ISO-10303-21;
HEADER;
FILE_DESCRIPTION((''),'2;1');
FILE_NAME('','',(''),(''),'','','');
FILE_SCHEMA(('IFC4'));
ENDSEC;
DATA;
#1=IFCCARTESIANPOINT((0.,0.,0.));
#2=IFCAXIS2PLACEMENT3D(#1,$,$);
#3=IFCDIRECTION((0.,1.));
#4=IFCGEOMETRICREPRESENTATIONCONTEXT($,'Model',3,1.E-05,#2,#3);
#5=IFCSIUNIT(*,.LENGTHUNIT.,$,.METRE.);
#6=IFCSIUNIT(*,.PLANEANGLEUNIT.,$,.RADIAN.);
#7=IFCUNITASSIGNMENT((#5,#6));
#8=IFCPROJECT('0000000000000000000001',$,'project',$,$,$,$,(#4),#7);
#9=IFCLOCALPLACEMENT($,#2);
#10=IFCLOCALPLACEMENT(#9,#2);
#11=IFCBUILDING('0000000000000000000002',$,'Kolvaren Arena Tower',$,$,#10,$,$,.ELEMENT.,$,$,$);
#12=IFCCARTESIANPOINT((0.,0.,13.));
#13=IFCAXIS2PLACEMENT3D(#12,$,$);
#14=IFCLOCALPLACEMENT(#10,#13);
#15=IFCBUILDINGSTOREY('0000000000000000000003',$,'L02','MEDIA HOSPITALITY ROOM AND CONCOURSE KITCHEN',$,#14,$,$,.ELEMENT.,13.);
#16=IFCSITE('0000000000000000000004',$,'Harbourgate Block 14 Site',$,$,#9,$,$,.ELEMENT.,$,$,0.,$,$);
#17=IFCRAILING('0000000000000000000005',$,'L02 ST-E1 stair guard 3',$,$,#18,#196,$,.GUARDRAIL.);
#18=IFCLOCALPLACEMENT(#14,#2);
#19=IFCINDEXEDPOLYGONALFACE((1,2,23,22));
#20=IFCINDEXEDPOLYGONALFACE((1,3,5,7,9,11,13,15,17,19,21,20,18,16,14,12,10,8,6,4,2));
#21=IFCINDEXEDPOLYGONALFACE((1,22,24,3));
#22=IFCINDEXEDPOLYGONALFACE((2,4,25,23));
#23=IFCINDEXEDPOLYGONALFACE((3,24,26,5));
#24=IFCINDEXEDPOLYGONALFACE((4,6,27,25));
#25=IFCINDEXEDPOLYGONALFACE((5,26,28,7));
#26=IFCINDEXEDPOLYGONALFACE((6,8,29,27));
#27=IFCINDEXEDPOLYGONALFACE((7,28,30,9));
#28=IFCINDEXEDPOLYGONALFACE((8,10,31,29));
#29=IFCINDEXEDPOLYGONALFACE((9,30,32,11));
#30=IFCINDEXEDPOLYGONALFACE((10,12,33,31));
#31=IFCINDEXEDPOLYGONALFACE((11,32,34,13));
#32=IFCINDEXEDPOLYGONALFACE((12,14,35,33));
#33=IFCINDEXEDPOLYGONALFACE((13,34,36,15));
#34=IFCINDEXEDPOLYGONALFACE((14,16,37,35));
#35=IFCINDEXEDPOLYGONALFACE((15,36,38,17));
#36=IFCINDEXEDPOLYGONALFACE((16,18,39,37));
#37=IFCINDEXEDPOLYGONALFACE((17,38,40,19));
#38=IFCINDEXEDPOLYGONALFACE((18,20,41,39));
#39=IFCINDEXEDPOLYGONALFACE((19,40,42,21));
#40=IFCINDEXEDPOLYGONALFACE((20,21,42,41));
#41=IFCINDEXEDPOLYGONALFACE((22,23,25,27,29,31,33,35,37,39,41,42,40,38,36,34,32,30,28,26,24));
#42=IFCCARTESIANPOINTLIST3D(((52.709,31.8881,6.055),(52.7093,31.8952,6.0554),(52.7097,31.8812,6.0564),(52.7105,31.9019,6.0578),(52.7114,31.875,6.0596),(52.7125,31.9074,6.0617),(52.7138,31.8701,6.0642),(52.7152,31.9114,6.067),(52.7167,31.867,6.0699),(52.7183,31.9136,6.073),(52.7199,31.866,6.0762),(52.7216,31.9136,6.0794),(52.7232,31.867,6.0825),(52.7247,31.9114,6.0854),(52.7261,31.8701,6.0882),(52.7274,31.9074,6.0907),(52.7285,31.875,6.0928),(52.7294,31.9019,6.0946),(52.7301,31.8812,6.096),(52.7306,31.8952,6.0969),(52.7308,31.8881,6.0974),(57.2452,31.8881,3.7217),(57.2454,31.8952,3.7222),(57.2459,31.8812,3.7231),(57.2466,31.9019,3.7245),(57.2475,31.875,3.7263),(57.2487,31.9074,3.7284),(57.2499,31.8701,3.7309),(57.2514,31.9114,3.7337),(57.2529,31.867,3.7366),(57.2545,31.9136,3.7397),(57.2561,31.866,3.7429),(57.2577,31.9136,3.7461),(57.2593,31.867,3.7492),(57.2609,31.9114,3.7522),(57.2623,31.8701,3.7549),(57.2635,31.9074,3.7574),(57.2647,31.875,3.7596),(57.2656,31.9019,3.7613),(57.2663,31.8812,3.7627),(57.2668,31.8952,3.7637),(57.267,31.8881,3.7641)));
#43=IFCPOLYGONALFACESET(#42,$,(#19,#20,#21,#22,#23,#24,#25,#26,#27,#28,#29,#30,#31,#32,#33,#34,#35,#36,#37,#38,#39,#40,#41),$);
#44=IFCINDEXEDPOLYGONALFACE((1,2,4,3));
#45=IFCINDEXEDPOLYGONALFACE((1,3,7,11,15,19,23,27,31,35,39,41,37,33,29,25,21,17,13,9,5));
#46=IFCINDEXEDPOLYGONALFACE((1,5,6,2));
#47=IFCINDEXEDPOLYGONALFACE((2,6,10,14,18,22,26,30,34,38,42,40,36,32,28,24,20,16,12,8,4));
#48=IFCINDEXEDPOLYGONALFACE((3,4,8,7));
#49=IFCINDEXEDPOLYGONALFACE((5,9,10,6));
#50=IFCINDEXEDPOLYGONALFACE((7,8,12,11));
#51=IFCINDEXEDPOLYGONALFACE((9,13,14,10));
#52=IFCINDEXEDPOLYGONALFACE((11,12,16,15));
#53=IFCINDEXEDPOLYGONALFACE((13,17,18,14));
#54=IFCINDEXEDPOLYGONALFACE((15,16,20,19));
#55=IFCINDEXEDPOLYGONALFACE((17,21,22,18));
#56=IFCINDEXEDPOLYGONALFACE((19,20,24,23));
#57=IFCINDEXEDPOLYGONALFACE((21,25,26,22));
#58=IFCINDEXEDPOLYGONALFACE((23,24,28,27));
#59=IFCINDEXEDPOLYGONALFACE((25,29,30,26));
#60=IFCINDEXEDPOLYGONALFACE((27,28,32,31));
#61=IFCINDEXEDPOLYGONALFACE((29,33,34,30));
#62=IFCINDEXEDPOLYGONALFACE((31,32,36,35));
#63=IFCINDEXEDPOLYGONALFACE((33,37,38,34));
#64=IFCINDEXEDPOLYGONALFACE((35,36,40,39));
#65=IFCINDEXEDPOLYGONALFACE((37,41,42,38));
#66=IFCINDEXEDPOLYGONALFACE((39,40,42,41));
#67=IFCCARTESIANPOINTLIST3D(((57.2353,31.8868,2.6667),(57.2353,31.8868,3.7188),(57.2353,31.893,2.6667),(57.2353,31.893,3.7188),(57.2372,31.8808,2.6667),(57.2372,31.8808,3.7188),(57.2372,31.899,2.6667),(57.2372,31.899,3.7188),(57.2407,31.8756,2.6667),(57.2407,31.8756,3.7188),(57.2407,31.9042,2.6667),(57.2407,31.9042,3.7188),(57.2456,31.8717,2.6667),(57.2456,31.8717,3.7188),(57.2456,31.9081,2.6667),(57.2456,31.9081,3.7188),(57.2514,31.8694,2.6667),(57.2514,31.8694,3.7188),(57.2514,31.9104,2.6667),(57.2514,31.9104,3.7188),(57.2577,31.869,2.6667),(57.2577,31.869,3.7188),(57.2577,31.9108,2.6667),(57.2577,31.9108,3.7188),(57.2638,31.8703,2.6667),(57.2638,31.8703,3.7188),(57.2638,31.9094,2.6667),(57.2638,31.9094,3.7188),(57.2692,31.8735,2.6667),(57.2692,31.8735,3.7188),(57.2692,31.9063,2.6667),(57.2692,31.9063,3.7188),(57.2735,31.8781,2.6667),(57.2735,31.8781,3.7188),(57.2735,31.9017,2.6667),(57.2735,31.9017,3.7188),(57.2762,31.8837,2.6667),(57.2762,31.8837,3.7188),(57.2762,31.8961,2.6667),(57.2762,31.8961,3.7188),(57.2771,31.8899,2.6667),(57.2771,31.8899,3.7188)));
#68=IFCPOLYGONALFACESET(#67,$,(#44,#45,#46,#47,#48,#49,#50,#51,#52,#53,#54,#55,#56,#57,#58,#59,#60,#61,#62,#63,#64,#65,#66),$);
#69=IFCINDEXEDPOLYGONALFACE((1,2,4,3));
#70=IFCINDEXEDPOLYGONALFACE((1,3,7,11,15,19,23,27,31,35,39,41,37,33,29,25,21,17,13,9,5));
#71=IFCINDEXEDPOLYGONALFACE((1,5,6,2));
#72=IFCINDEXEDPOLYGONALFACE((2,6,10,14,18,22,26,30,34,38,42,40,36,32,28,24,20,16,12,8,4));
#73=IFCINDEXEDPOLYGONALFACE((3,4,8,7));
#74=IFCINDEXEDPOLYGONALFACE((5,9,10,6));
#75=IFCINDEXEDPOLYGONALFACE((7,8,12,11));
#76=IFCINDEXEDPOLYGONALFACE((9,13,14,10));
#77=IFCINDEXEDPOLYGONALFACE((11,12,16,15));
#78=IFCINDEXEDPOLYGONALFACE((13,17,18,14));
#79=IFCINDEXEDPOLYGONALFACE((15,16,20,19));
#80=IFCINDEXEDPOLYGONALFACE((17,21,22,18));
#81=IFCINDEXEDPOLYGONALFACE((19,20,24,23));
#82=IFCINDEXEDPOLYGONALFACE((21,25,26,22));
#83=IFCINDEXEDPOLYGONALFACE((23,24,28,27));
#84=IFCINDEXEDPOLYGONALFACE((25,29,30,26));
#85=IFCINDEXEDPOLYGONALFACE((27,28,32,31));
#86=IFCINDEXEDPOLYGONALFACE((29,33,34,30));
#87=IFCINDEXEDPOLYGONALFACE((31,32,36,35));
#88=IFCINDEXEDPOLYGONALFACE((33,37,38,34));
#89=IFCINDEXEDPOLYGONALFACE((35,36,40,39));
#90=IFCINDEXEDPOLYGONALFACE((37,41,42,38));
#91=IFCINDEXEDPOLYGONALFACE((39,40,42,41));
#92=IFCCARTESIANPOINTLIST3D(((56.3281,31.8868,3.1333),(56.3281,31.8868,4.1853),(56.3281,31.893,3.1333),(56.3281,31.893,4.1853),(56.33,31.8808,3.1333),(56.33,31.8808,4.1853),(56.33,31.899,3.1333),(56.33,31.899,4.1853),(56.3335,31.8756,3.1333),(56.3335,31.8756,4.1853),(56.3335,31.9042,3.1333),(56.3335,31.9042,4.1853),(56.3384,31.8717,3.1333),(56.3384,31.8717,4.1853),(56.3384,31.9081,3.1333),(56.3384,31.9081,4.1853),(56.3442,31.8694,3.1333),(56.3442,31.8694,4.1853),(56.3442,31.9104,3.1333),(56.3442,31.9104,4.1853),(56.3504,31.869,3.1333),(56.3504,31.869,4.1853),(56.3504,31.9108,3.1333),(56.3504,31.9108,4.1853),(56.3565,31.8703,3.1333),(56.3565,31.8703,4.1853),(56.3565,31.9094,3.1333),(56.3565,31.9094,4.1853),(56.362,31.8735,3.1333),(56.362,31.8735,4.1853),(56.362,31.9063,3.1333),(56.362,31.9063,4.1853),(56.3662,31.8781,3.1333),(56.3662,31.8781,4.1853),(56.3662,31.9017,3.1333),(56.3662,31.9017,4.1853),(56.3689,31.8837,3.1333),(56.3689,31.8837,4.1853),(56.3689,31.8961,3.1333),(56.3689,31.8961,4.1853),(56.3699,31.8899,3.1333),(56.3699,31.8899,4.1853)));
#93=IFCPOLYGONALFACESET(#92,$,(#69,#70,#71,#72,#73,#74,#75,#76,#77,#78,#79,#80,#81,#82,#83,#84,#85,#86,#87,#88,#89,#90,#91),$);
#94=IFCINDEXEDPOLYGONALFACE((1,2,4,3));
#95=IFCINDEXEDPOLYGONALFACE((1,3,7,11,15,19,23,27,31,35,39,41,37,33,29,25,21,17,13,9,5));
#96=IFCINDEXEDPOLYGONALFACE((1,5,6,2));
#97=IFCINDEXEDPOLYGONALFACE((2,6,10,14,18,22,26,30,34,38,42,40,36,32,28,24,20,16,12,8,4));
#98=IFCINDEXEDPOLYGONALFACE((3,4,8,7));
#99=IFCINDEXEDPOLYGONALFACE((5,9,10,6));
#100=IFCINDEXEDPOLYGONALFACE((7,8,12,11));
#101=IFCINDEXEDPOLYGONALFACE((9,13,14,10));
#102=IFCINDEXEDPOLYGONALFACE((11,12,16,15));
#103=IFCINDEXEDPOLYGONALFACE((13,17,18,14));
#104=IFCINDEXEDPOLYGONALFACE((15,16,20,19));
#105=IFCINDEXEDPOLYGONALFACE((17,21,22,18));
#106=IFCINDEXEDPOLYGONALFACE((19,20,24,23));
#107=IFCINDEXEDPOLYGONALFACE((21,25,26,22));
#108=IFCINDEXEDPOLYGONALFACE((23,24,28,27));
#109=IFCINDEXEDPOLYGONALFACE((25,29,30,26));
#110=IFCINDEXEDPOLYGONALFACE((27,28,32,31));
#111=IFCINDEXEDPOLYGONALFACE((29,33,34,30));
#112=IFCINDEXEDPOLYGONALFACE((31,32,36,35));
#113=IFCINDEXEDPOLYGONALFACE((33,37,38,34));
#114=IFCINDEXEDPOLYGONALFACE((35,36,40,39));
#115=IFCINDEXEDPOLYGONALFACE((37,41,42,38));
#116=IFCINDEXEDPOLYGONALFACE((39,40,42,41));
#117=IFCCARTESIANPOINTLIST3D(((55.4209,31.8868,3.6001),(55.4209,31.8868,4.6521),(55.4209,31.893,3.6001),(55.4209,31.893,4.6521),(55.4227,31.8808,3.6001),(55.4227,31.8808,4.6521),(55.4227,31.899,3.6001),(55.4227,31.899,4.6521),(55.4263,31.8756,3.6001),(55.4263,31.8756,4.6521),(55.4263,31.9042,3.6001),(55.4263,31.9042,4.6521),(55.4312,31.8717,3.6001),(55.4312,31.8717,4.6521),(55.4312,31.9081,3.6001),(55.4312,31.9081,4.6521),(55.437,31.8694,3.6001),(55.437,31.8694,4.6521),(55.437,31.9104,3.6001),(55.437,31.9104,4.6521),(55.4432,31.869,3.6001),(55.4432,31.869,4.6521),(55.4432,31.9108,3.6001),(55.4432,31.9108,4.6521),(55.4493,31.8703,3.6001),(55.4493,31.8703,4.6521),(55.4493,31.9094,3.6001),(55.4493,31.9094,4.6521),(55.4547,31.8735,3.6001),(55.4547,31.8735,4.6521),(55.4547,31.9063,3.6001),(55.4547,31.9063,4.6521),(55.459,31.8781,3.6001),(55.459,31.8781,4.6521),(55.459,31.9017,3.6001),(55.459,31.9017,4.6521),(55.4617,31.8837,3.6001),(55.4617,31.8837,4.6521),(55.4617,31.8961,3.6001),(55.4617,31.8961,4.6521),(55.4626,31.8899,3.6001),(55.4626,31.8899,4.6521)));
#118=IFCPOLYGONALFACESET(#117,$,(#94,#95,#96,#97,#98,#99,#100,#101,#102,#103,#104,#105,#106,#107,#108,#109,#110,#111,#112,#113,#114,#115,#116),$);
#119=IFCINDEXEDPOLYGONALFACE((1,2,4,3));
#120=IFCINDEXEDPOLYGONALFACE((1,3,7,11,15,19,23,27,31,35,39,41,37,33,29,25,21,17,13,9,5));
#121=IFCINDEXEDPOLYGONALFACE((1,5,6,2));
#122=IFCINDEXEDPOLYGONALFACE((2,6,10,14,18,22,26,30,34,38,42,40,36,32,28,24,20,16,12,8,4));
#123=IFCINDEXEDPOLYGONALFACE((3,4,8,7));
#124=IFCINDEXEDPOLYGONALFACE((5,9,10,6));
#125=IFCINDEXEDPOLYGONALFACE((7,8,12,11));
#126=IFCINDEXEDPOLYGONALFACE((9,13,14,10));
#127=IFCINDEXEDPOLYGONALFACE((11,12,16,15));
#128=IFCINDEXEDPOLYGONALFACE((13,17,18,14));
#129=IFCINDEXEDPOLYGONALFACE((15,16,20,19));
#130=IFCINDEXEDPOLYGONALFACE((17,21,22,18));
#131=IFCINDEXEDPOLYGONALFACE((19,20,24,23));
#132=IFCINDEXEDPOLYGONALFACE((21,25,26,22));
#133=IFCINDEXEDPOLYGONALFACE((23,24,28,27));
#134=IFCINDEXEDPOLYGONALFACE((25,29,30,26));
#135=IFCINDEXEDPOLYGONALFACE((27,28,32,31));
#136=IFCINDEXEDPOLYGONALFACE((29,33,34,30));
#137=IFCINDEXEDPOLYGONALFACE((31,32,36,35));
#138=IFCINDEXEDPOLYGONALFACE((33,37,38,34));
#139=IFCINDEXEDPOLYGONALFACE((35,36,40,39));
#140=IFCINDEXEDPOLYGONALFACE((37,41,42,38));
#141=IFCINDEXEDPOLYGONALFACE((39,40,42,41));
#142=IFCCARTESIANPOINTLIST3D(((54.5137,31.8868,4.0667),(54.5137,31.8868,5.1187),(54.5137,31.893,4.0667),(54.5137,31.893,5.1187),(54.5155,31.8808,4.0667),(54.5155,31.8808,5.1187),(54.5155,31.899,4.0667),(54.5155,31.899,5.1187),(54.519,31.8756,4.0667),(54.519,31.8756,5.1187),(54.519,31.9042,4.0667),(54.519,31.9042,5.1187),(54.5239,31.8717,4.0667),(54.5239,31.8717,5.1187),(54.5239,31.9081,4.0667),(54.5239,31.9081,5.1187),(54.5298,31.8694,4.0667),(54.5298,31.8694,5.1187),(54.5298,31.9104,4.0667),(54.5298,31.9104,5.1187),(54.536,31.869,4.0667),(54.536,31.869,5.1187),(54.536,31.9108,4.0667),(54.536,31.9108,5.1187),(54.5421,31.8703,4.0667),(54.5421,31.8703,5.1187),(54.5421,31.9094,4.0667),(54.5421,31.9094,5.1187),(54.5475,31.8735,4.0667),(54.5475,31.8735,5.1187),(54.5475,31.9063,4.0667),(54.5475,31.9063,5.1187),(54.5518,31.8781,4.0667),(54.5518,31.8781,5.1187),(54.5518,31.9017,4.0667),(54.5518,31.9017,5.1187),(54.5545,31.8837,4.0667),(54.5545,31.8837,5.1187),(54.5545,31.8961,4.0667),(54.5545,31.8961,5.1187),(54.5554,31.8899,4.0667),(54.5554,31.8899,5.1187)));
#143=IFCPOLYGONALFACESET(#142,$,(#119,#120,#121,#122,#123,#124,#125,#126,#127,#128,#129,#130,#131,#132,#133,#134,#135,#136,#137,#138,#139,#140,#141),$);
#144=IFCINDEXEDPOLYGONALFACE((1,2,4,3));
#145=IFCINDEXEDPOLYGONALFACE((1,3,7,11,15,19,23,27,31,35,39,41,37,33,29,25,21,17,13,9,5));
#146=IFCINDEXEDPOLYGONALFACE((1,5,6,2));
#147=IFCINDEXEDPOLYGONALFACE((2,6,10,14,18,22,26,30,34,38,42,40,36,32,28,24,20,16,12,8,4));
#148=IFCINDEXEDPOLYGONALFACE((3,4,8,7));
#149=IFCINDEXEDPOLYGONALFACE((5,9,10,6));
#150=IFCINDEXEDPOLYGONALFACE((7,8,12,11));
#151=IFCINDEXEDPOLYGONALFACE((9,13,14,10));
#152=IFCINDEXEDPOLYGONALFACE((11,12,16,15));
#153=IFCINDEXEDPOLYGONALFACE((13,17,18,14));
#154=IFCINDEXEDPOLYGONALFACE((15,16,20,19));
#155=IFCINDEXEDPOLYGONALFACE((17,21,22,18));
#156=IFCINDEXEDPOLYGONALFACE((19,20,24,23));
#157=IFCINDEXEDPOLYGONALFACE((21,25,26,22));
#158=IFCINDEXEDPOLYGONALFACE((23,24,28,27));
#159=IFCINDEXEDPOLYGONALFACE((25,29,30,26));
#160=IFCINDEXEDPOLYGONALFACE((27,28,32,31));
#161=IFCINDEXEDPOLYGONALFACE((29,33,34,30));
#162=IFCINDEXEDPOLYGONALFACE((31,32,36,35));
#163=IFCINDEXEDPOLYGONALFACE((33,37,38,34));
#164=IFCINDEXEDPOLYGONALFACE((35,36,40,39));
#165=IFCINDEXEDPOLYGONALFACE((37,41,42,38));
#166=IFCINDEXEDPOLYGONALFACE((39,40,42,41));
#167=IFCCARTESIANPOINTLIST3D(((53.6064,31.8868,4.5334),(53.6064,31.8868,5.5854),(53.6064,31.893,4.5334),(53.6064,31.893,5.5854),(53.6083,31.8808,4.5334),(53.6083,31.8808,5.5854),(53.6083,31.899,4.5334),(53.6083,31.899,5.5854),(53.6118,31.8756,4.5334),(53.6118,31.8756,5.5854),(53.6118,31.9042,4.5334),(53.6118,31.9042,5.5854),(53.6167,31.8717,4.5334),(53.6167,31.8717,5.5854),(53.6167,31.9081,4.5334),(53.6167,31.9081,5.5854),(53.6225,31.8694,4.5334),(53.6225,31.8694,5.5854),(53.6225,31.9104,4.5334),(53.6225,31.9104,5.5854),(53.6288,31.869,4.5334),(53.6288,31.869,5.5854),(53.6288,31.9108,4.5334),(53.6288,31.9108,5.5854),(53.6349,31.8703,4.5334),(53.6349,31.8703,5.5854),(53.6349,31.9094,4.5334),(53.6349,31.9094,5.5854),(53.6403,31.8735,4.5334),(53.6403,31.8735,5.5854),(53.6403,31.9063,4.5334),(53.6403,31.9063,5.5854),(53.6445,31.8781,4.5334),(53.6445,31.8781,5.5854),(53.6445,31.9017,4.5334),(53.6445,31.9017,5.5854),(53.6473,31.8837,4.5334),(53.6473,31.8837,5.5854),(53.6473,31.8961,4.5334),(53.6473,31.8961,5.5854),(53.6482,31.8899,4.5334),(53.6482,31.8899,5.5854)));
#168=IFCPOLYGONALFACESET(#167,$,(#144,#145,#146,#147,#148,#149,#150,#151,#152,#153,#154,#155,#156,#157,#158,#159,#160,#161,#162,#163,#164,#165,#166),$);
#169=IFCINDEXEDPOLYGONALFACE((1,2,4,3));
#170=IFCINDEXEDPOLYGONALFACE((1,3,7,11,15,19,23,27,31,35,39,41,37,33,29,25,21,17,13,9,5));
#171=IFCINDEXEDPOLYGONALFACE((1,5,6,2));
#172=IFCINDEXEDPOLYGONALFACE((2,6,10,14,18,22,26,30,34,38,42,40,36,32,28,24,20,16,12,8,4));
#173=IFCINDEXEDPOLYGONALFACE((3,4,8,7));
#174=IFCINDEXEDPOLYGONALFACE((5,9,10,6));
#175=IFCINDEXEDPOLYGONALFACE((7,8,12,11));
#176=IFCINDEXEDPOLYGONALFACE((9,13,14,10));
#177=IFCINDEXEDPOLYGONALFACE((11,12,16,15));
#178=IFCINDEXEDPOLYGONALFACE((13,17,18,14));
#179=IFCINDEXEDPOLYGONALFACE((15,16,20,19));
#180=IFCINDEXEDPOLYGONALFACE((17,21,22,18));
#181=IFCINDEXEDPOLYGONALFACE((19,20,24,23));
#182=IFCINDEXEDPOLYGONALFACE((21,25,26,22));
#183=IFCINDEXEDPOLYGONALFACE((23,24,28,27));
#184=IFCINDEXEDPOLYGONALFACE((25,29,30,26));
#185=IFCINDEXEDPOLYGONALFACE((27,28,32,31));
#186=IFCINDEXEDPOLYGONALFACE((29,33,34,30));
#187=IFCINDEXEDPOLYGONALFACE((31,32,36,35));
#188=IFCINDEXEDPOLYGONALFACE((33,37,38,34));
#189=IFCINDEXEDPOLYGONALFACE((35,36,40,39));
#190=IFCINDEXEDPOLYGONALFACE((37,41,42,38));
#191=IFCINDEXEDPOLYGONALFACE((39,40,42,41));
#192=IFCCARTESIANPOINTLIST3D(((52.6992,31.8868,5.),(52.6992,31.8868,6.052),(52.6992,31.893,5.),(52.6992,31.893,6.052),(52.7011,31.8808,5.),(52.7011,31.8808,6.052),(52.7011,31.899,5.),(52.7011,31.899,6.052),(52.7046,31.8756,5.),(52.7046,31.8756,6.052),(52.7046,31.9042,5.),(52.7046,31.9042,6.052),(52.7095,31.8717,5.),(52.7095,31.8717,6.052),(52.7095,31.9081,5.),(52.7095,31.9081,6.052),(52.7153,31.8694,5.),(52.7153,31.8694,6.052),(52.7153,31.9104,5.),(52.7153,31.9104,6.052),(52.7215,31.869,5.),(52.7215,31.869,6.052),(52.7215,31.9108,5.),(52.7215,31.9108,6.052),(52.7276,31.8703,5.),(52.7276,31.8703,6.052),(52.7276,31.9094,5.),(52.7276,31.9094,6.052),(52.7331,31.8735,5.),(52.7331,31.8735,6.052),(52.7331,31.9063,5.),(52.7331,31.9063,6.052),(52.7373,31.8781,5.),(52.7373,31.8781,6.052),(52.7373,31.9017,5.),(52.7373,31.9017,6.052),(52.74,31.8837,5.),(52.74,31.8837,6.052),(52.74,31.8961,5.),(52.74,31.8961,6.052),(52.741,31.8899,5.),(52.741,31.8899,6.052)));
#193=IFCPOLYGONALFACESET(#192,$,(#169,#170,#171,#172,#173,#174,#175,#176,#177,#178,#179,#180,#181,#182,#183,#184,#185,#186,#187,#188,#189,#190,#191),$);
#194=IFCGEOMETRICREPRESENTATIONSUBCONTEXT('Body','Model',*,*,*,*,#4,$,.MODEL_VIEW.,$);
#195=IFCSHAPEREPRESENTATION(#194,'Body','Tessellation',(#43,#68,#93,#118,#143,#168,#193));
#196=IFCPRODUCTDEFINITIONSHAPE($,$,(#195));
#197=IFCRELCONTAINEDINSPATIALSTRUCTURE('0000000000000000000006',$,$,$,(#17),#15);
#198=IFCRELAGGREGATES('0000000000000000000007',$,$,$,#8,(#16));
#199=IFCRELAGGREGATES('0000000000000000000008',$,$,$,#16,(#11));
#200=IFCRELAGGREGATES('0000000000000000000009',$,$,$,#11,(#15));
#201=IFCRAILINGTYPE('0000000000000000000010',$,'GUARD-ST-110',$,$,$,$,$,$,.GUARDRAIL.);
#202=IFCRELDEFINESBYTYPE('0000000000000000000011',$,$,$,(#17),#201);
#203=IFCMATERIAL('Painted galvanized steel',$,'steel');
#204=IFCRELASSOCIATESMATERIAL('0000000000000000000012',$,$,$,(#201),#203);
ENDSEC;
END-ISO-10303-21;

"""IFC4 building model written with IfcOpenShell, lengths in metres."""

from ifc_helpers import new_model, si_unit, direction, frame, origin, origin_2d, place, context, subcontext, project, spatial, circle, extrude, material, type_object, element, save


model = new_model("IFC4")

# Units and contexts
model_context = context("Model", 3, precision=1e-05, world=origin(), true_north=direction((0.0, 1.0)))
body_context = subcontext(model_context, "Body", "Model", "MODEL_VIEW")
ifc_project = project(units=[si_unit("LENGTHUNIT", "METRE"), si_unit("PLANEANGLEUNIT", "RADIAN")], contexts=[model_context])

# Site, building, storey
site_placement = place(None, origin())
site = spatial("IfcSite", under=ifc_project, at=site_placement, Name="Harbourgate Block 14 Site", CompositionType="ELEMENT", RefElevation=0.0)
building_placement = place(site_placement, origin())
building = spatial("IfcBuilding", under=site, at=building_placement, Name="Kolvaren Arena Tower", CompositionType="ELEMENT")
storey_placement = place(building_placement, frame((0.0, 0.0, 13.0)))
storey = spatial("IfcBuildingStorey", under=building, at=storey_placement, Name="L02", Description="MEDIA HOSPITALITY ROOM AND CONCOURSE KITCHEN", CompositionType="ELEMENT", Elevation=13.0)

# Railing
ifc_material_1 = material(Name="Painted galvanized steel", Category="steel")
railing_type_1 = type_object("IfcRailingType", Name="GUARD-ST-110", PredefinedType="GUARDRAIL", material=ifc_material_1)
railing_1_placement = place(storey_placement, frame((57.2561, 31.8899, 2.6667)))
element("IfcRailing", 1, at=railing_1_placement, inside=storey, type_object=railing_type_1, Name="L02 ST-E1 stair guard 3", PredefinedType="GUARDRAIL", context=body_context, shape_type="SweptSolid", body=[
    extrude(circle(Radius=0.0239, at=origin_2d()), frame((0.0, 0.0, 1.0762), z_axis=(-0.889257, 0.0, 0.457407), x_axis=(0.0, -1.0, 0.0)), (0.0, 0.0, 1.0), 5.1011),
    extrude(circle(Radius=0.021, at=origin_2d()), origin(), (0.0, 0.0, 1.0), 1.052),
    extrude(circle(Radius=0.021, at=origin_2d()), frame((-0.9072, 0.0, 0.4666)), (0.0, 0.0, 1.0), 1.052),
    extrude(circle(Radius=0.021, at=origin_2d()), frame((-1.8145, 0.0, 0.9333)), (0.0, 0.0, 1.0), 1.052),
    extrude(circle(Radius=0.021, at=origin_2d()), frame((-2.7217, 0.0, 1.3999)), (0.0, 0.0, 1.0), 1.052),
    extrude(circle(Radius=0.021, at=origin_2d()), frame((-3.6289, 0.0, 1.8667)), (0.0, 0.0, 1.0), 1.052),
    extrude(circle(Radius=0.021, at=origin_2d()), frame((-4.5361, 0.0, 2.3333)), (0.0, 0.0, 1.0), 1.052),
])

save(model, "model.ifc")
